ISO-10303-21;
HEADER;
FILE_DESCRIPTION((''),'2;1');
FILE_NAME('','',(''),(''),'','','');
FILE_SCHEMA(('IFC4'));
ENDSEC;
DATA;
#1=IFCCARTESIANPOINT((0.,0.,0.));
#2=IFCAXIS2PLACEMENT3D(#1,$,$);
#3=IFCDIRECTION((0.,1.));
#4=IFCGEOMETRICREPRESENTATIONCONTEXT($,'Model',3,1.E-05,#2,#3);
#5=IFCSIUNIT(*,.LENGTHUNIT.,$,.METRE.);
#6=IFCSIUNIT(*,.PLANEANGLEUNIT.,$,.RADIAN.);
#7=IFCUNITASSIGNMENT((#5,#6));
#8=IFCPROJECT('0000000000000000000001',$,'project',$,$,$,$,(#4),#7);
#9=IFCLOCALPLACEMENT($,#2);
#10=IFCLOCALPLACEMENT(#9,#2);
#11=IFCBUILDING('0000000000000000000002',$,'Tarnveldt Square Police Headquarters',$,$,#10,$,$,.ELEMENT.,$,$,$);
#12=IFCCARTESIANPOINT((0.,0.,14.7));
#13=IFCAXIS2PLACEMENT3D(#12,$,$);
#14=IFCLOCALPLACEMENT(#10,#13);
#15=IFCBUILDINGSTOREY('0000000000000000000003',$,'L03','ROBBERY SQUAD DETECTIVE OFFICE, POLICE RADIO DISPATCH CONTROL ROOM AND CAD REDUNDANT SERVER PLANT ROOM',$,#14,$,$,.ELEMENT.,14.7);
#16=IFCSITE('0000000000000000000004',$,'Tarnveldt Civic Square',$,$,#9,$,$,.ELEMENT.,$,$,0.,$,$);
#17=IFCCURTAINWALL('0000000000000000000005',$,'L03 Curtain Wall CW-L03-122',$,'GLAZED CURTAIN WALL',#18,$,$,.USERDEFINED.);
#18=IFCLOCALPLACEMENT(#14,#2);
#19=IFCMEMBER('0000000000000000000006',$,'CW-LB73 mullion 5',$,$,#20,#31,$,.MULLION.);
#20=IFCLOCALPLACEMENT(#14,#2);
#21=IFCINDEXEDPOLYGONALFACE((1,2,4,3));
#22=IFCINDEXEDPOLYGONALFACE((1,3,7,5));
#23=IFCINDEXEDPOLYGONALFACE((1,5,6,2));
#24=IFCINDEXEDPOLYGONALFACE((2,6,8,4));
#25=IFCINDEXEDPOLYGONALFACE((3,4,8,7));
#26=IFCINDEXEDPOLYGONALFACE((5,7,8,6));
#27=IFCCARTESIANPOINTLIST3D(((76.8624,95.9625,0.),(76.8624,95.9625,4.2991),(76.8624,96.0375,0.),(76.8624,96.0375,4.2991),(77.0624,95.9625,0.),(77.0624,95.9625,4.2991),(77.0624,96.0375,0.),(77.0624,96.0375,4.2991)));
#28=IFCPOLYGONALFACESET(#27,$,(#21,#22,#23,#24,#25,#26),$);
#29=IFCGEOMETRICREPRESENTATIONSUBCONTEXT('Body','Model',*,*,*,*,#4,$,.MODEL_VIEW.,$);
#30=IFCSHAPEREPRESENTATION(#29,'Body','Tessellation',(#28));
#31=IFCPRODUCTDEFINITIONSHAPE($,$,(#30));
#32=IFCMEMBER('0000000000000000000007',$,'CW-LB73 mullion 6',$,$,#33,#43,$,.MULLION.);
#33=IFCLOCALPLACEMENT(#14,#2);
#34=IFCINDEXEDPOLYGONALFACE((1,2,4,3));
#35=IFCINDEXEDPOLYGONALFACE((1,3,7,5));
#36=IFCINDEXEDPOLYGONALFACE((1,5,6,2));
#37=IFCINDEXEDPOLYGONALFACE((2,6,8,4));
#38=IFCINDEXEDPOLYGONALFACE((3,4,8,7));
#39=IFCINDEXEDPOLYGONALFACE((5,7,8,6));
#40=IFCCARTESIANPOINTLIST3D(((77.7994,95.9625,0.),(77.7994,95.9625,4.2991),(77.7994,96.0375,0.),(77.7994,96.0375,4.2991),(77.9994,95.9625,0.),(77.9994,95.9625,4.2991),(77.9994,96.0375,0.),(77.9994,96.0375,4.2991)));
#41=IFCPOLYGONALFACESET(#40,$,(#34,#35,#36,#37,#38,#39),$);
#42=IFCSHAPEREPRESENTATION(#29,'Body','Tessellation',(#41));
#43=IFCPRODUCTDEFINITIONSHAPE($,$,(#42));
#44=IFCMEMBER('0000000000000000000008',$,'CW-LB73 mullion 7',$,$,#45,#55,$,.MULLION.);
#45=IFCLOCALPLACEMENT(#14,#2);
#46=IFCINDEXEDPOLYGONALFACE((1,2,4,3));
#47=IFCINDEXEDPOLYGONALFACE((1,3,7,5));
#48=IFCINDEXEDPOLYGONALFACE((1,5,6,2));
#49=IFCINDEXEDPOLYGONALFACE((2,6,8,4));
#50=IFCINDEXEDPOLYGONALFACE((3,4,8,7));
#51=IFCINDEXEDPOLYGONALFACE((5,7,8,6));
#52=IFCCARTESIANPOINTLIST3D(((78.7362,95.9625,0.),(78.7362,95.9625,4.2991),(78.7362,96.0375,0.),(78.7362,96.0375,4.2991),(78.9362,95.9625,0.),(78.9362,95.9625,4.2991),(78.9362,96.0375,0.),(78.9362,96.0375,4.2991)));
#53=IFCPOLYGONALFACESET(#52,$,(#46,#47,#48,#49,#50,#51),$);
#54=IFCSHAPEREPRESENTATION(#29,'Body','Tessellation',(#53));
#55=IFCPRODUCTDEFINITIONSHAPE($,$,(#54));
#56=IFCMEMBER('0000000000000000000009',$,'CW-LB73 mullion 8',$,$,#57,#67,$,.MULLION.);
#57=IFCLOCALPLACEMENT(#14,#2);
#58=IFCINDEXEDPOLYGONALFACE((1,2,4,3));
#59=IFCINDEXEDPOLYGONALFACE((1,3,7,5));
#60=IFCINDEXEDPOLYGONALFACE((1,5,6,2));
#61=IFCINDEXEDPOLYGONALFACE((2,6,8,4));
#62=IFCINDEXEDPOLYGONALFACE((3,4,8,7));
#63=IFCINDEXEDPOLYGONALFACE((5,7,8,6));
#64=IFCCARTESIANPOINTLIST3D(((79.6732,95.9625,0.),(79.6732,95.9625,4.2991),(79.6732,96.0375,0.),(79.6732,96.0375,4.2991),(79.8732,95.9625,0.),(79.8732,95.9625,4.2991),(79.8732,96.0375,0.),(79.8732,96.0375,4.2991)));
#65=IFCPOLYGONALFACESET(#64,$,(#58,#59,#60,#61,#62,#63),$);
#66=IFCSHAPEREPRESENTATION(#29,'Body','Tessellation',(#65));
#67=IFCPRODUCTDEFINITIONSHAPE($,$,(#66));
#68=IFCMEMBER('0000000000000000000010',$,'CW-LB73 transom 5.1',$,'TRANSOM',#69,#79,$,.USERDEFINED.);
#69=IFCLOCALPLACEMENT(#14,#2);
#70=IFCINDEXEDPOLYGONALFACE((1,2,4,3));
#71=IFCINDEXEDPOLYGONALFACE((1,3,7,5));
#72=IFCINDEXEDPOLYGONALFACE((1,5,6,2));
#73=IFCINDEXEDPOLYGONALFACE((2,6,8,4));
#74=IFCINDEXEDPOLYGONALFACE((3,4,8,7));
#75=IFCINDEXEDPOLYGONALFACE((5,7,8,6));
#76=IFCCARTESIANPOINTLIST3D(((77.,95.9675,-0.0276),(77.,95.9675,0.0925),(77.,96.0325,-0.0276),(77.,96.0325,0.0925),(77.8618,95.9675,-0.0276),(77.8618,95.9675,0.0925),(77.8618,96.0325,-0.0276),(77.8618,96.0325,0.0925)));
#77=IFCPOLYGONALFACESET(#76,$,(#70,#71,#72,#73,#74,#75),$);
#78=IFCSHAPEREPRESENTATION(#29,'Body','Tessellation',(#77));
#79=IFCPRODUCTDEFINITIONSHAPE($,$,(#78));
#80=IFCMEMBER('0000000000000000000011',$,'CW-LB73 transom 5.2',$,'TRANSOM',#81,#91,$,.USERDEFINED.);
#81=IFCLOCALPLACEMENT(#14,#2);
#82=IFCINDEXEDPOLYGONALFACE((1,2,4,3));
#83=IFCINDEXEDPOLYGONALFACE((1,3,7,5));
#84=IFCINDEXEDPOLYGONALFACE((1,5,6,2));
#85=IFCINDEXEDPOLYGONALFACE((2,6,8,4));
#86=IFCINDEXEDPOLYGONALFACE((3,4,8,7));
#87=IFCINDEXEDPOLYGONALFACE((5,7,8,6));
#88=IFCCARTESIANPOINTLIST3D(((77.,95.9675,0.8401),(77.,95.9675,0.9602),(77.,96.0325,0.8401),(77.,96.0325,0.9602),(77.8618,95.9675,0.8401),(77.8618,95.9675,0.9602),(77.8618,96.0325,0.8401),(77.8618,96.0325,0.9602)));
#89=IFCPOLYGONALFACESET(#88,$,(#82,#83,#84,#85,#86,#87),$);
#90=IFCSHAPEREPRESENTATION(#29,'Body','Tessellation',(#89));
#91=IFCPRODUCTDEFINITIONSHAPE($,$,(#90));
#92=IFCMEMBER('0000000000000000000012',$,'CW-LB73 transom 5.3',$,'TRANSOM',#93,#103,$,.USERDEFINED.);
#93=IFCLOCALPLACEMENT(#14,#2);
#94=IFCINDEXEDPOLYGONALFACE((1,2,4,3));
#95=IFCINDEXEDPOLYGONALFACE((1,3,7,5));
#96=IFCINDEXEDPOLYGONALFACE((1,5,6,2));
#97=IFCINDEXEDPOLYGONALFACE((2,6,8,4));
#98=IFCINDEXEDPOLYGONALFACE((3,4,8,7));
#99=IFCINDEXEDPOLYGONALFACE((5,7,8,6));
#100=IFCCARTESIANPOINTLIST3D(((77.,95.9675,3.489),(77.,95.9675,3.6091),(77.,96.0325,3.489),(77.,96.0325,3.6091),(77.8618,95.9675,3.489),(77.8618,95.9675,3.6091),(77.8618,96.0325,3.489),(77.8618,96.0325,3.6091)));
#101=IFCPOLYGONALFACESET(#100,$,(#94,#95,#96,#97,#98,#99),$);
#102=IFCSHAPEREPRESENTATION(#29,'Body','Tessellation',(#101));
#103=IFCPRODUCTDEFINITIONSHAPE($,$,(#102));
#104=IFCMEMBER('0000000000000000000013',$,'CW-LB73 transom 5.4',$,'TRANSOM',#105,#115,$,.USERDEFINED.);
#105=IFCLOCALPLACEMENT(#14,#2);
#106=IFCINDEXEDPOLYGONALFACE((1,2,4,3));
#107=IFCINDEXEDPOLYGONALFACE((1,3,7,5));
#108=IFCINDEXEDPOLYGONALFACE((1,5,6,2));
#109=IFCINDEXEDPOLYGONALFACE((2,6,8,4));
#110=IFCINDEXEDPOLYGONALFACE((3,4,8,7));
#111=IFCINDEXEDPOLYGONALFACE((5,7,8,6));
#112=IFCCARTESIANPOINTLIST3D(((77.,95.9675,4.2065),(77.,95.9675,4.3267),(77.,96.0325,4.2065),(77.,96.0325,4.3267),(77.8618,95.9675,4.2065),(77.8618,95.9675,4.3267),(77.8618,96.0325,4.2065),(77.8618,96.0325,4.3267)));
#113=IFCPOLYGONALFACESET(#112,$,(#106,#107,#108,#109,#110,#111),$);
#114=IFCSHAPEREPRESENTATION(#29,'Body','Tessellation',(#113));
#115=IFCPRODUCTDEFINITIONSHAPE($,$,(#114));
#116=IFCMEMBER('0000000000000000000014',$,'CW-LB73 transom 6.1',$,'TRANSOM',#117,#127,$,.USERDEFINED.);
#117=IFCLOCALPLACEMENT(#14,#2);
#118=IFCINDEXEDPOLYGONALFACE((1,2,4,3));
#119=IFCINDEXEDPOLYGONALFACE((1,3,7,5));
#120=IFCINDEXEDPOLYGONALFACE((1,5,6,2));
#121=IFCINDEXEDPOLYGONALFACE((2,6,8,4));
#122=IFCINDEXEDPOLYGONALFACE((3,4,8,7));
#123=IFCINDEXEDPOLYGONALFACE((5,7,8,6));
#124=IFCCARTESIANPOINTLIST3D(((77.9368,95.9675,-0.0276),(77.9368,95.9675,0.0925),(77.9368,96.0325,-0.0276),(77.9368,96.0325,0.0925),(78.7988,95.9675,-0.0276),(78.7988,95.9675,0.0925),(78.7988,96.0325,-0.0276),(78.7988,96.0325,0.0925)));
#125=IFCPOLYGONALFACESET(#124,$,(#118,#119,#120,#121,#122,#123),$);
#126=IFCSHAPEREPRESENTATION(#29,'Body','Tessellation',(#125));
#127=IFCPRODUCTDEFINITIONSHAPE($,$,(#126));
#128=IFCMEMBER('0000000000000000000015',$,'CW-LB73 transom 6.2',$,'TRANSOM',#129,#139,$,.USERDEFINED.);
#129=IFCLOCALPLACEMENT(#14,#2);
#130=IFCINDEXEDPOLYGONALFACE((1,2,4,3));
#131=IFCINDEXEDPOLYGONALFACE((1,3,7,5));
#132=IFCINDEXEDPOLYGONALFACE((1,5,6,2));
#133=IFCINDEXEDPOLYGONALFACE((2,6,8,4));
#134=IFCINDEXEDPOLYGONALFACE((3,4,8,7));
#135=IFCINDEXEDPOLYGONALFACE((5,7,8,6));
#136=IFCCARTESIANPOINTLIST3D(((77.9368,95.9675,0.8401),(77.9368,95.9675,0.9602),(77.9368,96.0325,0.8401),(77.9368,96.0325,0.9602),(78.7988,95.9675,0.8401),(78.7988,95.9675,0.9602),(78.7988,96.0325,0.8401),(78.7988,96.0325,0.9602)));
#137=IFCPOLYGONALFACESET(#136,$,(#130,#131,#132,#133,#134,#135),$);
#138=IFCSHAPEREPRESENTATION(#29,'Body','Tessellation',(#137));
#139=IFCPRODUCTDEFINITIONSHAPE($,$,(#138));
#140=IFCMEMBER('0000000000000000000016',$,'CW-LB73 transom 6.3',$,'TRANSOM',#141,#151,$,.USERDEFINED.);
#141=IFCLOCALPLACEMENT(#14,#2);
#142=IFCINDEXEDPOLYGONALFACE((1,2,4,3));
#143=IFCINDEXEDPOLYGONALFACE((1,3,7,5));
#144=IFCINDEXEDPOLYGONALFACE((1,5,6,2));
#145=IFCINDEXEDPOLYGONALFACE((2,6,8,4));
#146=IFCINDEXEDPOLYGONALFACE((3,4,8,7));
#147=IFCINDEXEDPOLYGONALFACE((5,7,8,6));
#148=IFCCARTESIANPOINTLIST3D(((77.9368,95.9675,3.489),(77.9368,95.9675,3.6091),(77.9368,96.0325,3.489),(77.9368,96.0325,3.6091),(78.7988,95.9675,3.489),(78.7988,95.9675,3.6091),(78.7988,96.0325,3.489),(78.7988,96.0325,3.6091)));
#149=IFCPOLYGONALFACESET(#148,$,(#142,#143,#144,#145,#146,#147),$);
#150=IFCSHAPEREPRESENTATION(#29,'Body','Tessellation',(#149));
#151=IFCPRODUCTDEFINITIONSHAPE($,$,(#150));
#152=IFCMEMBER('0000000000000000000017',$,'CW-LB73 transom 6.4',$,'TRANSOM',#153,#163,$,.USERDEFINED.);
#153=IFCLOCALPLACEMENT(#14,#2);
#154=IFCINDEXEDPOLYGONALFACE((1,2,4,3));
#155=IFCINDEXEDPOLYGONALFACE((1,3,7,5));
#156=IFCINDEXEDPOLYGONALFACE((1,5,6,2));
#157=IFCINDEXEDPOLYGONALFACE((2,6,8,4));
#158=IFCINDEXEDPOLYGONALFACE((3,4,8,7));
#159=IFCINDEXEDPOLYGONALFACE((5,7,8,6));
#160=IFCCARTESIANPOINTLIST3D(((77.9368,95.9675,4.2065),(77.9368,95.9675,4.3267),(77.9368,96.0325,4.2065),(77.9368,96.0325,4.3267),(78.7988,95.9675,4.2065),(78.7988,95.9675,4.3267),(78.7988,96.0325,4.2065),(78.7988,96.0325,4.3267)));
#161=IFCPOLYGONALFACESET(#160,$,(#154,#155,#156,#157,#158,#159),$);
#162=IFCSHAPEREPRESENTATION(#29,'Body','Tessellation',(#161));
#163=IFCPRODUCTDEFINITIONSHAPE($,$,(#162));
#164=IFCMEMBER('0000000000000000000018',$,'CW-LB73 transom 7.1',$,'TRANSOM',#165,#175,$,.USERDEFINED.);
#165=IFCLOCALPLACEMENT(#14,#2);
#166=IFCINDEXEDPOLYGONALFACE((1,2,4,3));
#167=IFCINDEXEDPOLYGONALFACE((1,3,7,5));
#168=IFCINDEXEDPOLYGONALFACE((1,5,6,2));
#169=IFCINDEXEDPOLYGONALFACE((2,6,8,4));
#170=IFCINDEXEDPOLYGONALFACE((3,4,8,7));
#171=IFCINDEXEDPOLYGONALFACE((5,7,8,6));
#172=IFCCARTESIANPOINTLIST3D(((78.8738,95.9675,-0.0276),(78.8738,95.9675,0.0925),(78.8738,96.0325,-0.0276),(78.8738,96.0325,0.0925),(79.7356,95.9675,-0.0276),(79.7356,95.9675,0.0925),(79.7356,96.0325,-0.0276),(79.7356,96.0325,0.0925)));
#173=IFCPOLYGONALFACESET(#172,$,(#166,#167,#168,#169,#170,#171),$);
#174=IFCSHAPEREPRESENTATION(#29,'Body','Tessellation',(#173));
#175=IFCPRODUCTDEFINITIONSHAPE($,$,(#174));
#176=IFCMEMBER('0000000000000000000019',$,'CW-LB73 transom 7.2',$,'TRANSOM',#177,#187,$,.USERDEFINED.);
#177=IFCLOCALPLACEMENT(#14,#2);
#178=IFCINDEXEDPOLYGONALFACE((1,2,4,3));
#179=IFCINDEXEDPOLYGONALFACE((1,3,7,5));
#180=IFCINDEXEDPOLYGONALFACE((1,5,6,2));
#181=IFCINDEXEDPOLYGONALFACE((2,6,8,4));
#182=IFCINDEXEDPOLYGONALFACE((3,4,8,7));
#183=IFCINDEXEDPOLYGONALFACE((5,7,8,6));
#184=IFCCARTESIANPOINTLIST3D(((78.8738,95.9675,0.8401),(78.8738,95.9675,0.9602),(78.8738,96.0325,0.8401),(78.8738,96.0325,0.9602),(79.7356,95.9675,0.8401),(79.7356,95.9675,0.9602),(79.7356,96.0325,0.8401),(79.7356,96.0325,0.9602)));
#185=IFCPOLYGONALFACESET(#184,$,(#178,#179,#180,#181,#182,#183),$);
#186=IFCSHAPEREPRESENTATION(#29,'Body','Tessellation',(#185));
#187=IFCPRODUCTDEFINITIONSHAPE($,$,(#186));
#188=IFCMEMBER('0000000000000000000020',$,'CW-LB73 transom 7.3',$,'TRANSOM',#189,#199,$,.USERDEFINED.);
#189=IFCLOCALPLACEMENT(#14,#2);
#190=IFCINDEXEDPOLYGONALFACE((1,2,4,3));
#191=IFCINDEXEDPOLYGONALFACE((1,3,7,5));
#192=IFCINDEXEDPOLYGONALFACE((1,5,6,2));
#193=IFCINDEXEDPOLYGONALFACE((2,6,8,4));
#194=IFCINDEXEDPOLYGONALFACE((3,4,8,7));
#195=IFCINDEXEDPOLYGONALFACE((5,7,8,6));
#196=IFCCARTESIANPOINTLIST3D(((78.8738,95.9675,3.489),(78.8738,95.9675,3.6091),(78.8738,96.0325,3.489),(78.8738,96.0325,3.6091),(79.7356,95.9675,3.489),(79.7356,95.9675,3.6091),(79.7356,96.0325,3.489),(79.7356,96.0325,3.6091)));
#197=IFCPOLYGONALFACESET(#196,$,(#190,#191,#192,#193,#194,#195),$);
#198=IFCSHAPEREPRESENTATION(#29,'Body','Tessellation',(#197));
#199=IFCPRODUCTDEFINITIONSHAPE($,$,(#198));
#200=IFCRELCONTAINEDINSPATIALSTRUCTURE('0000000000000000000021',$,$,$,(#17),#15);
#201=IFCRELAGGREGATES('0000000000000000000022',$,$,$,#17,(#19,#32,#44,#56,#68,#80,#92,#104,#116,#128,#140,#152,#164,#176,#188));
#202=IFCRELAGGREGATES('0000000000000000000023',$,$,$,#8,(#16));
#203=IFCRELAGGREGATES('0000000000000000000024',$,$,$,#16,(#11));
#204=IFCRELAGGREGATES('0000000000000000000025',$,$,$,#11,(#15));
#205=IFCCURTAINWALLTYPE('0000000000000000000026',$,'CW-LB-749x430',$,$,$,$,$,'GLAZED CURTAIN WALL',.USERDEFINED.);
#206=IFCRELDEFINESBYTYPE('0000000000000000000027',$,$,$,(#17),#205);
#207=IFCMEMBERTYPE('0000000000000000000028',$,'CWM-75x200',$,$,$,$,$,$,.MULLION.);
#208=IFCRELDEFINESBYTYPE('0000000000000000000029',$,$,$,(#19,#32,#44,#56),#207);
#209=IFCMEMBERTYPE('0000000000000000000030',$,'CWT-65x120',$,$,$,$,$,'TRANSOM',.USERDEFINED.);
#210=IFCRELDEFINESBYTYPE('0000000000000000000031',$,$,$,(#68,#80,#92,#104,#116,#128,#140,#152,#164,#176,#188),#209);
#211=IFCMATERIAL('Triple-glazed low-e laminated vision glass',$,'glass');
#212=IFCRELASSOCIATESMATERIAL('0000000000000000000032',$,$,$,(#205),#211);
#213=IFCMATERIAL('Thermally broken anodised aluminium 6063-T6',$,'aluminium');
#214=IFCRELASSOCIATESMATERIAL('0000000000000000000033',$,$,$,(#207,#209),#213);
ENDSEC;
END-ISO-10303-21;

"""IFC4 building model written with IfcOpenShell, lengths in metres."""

from ifc_helpers import new_model, si_unit, direction, frame, origin, origin_2d, place, context, subcontext, project, spatial, rectangle, extrude, material, material_profile, profile_set, type_object, element, aggregate, save


model = new_model("IFC4")

# Units and contexts
model_context = context("Model", 3, precision=1e-05, world=origin(), true_north=direction((0.0, 1.0)))
body_context = subcontext(model_context, "Body", "Model", "MODEL_VIEW")
ifc_project = project(units=[si_unit("LENGTHUNIT", "METRE"), si_unit("PLANEANGLEUNIT", "RADIAN")], contexts=[model_context])

# Site, building, storey
site_placement = place(None, origin())
site = spatial("IfcSite", under=ifc_project, at=site_placement, Name="Tarnveldt Civic Square", CompositionType="ELEMENT", RefElevation=0.0)
building_placement = place(site_placement, origin())
building = spatial("IfcBuilding", under=site, at=building_placement, Name="Tarnveldt Square Police Headquarters", CompositionType="ELEMENT")
storey_placement = place(building_placement, frame((0.0, 0.0, 14.7)))
storey = spatial("IfcBuildingStorey", under=building, at=storey_placement, Name="L03", Description="ROBBERY SQUAD DETECTIVE OFFICE, POLICE RADIO DISPATCH CONTROL ROOM AND CAD REDUNDANT SERVER PLANT ROOM", CompositionType="ELEMENT", Elevation=14.7)

# Curtain wall, members
ifc_material_1 = material(Name="Triple-glazed low-e laminated vision glass", Category="glass")
curtain_wall_type = type_object("IfcCurtainWallType", Name="CW-LB-749x430", ElementType="GLAZED CURTAIN WALL", PredefinedType="USERDEFINED", material=ifc_material_1)
curtain_wall_placement = place(storey_placement, origin())
curtain_wall = element("IfcCurtainWall", 1, at=curtain_wall_placement, inside=storey, type_object=curtain_wall_type, Name="L03 Curtain Wall CW-L03-122", ObjectType="GLAZED CURTAIN WALL", PredefinedType="USERDEFINED")
ifc_material_2 = material(Name="Thermally broken anodised aluminium 6063-T6", Category="aluminium")
ifc_material_profile_1 = material_profile(ifc_material_2, rectangle(XDim=0.075, YDim=0.2, at=origin_2d()), Name="CW-M75x200")
ifc_profile_set_1 = profile_set([ifc_material_profile_1], Name="Thermally broken anodised aluminium 6063-T6")
member_type_1 = type_object("IfcMemberType", Name="CWM-75x200", PredefinedType="MULLION", material=ifc_profile_set_1)
member_1_placement = place(storey_placement, frame((76.9624, 96.0, 0.0), z_axis=(0.0, 0.0, 1.0), x_axis=(0.0, 1.0, 0.0)))
member_1 = element("IfcMember", 2, at=member_1_placement, type_object=member_type_1, Name="CW-LB73 mullion 5", PredefinedType="MULLION", context=body_context, shape_type="SweptSolid", body=[
    extrude(rectangle(XDim=0.075, YDim=0.2, at=origin_2d()), origin(), (0.0, 0.0, 1.0), 4.2991),
])
member_2_placement = place(storey_placement, frame((77.8994, 96.0, 0.0), z_axis=(0.0, 0.0, 1.0), x_axis=(0.0, 1.0, 0.0)))
member_2 = element("IfcMember", 3, at=member_2_placement, type_object=member_type_1, Name="CW-LB73 mullion 6", PredefinedType="MULLION", context=body_context, shape_type="SweptSolid", body=[
    extrude(rectangle(XDim=0.075, YDim=0.2, at=origin_2d()), origin(), (0.0, 0.0, 1.0), 4.2991),
])
member_3_placement = place(storey_placement, frame((78.8362, 96.0, 0.0), z_axis=(0.0, 0.0, 1.0), x_axis=(0.0, 1.0, 0.0)))
member_3 = element("IfcMember", 4, at=member_3_placement, type_object=member_type_1, Name="CW-LB73 mullion 7", PredefinedType="MULLION", context=body_context, shape_type="SweptSolid", body=[
    extrude(rectangle(XDim=0.075, YDim=0.2, at=origin_2d()), origin(), (0.0, 0.0, 1.0), 4.2991),
])
member_4_placement = place(storey_placement, frame((79.7732, 96.0, 0.0), z_axis=(0.0, 0.0, 1.0), x_axis=(0.0, 1.0, 0.0)))
member_4 = element("IfcMember", 5, at=member_4_placement, type_object=member_type_1, Name="CW-LB73 mullion 8", PredefinedType="MULLION", context=body_context, shape_type="SweptSolid", body=[
    extrude(rectangle(XDim=0.075, YDim=0.2, at=origin_2d()), origin(), (0.0, 0.0, 1.0), 4.2991),
])
ifc_material_profile_2 = material_profile(ifc_material_2, rectangle(XDim=0.0649, YDim=0.1201, at=origin_2d()), Name="CW-T65x120")
ifc_profile_set_2 = profile_set([ifc_material_profile_2], Name="Thermally broken anodised aluminium 6063-T6")
member_type_2 = type_object("IfcMemberType", Name="CWT-65x120", ElementType="TRANSOM", PredefinedType="USERDEFINED", material=ifc_profile_set_2)
member_5_placement = place(storey_placement, frame((77.0, 96.0, 0.0325), z_axis=(1.0, 0.0, 0.0), x_axis=(0.0, 1.0, 0.0)))
member_5 = element("IfcMember", 6, at=member_5_placement, type_object=member_type_2, Name="CW-LB73 transom 5.1", ObjectType="TRANSOM", PredefinedType="USERDEFINED", context=body_context, shape_type="SweptSolid", body=[
    extrude(rectangle(XDim=0.0649, YDim=0.1201, at=origin_2d()), origin(), (0.0, 0.0, 1.0), 0.8618),
])
member_6_placement = place(storey_placement, frame((77.0, 96.0, 0.9001), z_axis=(1.0, 0.0, 0.0), x_axis=(0.0, 1.0, 0.0)))
member_6 = element("IfcMember", 7, at=member_6_placement, type_object=member_type_2, Name="CW-LB73 transom 5.2", ObjectType="TRANSOM", PredefinedType="USERDEFINED", context=body_context, shape_type="SweptSolid", body=[
    extrude(rectangle(XDim=0.0649, YDim=0.1201, at=origin_2d()), origin(), (0.0, 0.0, 1.0), 0.8618),
])
member_7_placement = place(storey_placement, frame((77.0, 96.0, 3.5491), z_axis=(1.0, 0.0, 0.0), x_axis=(0.0, 1.0, 0.0)))
member_7 = element("IfcMember", 8, at=member_7_placement, type_object=member_type_2, Name="CW-LB73 transom 5.3", ObjectType="TRANSOM", PredefinedType="USERDEFINED", context=body_context, shape_type="SweptSolid", body=[
    extrude(rectangle(XDim=0.0649, YDim=0.1201, at=origin_2d()), origin(), (0.0, 0.0, 1.0), 0.8618),
])
member_8_placement = place(storey_placement, frame((77.0, 96.0, 4.2666), z_axis=(1.0, 0.0, 0.0), x_axis=(0.0, 1.0, 0.0)))
member_8 = element("IfcMember", 9, at=member_8_placement, type_object=member_type_2, Name="CW-LB73 transom 5.4", ObjectType="TRANSOM", PredefinedType="USERDEFINED", context=body_context, shape_type="SweptSolid", body=[
    extrude(rectangle(XDim=0.0649, YDim=0.1201, at=origin_2d()), origin(), (0.0, 0.0, 1.0), 0.8618),
])
member_9_placement = place(storey_placement, frame((77.9368, 96.0, 0.0325), z_axis=(1.0, 0.0, 0.0), x_axis=(0.0, 1.0, 0.0)))
member_9 = element("IfcMember", 10, at=member_9_placement, type_object=member_type_2, Name="CW-LB73 transom 6.1", ObjectType="TRANSOM", PredefinedType="USERDEFINED", context=body_context, shape_type="SweptSolid", body=[
    extrude(rectangle(XDim=0.0649, YDim=0.1201, at=origin_2d()), origin(), (0.0, 0.0, 1.0), 0.8621),
])
member_10_placement = place(storey_placement, frame((77.9368, 96.0, 0.9001), z_axis=(1.0, 0.0, 0.0), x_axis=(0.0, 1.0, 0.0)))
member_10 = element("IfcMember", 11, at=member_10_placement, type_object=member_type_2, Name="CW-LB73 transom 6.2", ObjectType="TRANSOM", PredefinedType="USERDEFINED", context=body_context, shape_type="SweptSolid", body=[
    extrude(rectangle(XDim=0.0649, YDim=0.1201, at=origin_2d()), origin(), (0.0, 0.0, 1.0), 0.8621),
])
member_11_placement = place(storey_placement, frame((77.9368, 96.0, 3.5491), z_axis=(1.0, 0.0, 0.0), x_axis=(0.0, 1.0, 0.0)))
member_11 = element("IfcMember", 12, at=member_11_placement, type_object=member_type_2, Name="CW-LB73 transom 6.3", ObjectType="TRANSOM", PredefinedType="USERDEFINED", context=body_context, shape_type="SweptSolid", body=[
    extrude(rectangle(XDim=0.0649, YDim=0.1201, at=origin_2d()), origin(), (0.0, 0.0, 1.0), 0.8621),
])
member_12_placement = place(storey_placement, frame((77.9368, 96.0, 4.2666), z_axis=(1.0, 0.0, 0.0), x_axis=(0.0, 1.0, 0.0)))
member_12 = element("IfcMember", 13, at=member_12_placement, type_object=member_type_2, Name="CW-LB73 transom 6.4", ObjectType="TRANSOM", PredefinedType="USERDEFINED", context=body_context, shape_type="SweptSolid", body=[
    extrude(rectangle(XDim=0.0649, YDim=0.1201, at=origin_2d()), origin(), (0.0, 0.0, 1.0), 0.8621),
])
member_13_placement = place(storey_placement, frame((78.8738, 96.0, 0.0325), z_axis=(1.0, 0.0, 0.0), x_axis=(0.0, 1.0, 0.0)))
member_13 = element("IfcMember", 14, at=member_13_placement, type_object=member_type_2, Name="CW-LB73 transom 7.1", ObjectType="TRANSOM", PredefinedType="USERDEFINED", context=body_context, shape_type="SweptSolid", body=[
    extrude(rectangle(XDim=0.0649, YDim=0.1201, at=origin_2d()), origin(), (0.0, 0.0, 1.0), 0.8618),
])
member_14_placement = place(storey_placement, frame((78.8738, 96.0, 0.9001), z_axis=(1.0, 0.0, 0.0), x_axis=(0.0, 1.0, 0.0)))
member_14 = element("IfcMember", 15, at=member_14_placement, type_object=member_type_2, Name="CW-LB73 transom 7.2", ObjectType="TRANSOM", PredefinedType="USERDEFINED", context=body_context, shape_type="SweptSolid", body=[
    extrude(rectangle(XDim=0.0649, YDim=0.1201, at=origin_2d()), origin(), (0.0, 0.0, 1.0), 0.8618),
])
member_15_placement = place(storey_placement, frame((78.8738, 96.0, 3.5491), z_axis=(1.0, 0.0, 0.0), x_axis=(0.0, 1.0, 0.0)))
member_15 = element("IfcMember", 16, at=member_15_placement, type_object=member_type_2, Name="CW-LB73 transom 7.3", ObjectType="TRANSOM", PredefinedType="USERDEFINED", context=body_context, shape_type="SweptSolid", body=[
    extrude(rectangle(XDim=0.0649, YDim=0.1201, at=origin_2d()), origin(), (0.0, 0.0, 1.0), 0.8618),
])
aggregate(curtain_wall, [member_1, member_2, member_3, member_4, member_5, member_6, member_7, member_8, member_9, member_10, member_11, member_12, member_13, member_14, member_15])

save(model, "model.ifc")
